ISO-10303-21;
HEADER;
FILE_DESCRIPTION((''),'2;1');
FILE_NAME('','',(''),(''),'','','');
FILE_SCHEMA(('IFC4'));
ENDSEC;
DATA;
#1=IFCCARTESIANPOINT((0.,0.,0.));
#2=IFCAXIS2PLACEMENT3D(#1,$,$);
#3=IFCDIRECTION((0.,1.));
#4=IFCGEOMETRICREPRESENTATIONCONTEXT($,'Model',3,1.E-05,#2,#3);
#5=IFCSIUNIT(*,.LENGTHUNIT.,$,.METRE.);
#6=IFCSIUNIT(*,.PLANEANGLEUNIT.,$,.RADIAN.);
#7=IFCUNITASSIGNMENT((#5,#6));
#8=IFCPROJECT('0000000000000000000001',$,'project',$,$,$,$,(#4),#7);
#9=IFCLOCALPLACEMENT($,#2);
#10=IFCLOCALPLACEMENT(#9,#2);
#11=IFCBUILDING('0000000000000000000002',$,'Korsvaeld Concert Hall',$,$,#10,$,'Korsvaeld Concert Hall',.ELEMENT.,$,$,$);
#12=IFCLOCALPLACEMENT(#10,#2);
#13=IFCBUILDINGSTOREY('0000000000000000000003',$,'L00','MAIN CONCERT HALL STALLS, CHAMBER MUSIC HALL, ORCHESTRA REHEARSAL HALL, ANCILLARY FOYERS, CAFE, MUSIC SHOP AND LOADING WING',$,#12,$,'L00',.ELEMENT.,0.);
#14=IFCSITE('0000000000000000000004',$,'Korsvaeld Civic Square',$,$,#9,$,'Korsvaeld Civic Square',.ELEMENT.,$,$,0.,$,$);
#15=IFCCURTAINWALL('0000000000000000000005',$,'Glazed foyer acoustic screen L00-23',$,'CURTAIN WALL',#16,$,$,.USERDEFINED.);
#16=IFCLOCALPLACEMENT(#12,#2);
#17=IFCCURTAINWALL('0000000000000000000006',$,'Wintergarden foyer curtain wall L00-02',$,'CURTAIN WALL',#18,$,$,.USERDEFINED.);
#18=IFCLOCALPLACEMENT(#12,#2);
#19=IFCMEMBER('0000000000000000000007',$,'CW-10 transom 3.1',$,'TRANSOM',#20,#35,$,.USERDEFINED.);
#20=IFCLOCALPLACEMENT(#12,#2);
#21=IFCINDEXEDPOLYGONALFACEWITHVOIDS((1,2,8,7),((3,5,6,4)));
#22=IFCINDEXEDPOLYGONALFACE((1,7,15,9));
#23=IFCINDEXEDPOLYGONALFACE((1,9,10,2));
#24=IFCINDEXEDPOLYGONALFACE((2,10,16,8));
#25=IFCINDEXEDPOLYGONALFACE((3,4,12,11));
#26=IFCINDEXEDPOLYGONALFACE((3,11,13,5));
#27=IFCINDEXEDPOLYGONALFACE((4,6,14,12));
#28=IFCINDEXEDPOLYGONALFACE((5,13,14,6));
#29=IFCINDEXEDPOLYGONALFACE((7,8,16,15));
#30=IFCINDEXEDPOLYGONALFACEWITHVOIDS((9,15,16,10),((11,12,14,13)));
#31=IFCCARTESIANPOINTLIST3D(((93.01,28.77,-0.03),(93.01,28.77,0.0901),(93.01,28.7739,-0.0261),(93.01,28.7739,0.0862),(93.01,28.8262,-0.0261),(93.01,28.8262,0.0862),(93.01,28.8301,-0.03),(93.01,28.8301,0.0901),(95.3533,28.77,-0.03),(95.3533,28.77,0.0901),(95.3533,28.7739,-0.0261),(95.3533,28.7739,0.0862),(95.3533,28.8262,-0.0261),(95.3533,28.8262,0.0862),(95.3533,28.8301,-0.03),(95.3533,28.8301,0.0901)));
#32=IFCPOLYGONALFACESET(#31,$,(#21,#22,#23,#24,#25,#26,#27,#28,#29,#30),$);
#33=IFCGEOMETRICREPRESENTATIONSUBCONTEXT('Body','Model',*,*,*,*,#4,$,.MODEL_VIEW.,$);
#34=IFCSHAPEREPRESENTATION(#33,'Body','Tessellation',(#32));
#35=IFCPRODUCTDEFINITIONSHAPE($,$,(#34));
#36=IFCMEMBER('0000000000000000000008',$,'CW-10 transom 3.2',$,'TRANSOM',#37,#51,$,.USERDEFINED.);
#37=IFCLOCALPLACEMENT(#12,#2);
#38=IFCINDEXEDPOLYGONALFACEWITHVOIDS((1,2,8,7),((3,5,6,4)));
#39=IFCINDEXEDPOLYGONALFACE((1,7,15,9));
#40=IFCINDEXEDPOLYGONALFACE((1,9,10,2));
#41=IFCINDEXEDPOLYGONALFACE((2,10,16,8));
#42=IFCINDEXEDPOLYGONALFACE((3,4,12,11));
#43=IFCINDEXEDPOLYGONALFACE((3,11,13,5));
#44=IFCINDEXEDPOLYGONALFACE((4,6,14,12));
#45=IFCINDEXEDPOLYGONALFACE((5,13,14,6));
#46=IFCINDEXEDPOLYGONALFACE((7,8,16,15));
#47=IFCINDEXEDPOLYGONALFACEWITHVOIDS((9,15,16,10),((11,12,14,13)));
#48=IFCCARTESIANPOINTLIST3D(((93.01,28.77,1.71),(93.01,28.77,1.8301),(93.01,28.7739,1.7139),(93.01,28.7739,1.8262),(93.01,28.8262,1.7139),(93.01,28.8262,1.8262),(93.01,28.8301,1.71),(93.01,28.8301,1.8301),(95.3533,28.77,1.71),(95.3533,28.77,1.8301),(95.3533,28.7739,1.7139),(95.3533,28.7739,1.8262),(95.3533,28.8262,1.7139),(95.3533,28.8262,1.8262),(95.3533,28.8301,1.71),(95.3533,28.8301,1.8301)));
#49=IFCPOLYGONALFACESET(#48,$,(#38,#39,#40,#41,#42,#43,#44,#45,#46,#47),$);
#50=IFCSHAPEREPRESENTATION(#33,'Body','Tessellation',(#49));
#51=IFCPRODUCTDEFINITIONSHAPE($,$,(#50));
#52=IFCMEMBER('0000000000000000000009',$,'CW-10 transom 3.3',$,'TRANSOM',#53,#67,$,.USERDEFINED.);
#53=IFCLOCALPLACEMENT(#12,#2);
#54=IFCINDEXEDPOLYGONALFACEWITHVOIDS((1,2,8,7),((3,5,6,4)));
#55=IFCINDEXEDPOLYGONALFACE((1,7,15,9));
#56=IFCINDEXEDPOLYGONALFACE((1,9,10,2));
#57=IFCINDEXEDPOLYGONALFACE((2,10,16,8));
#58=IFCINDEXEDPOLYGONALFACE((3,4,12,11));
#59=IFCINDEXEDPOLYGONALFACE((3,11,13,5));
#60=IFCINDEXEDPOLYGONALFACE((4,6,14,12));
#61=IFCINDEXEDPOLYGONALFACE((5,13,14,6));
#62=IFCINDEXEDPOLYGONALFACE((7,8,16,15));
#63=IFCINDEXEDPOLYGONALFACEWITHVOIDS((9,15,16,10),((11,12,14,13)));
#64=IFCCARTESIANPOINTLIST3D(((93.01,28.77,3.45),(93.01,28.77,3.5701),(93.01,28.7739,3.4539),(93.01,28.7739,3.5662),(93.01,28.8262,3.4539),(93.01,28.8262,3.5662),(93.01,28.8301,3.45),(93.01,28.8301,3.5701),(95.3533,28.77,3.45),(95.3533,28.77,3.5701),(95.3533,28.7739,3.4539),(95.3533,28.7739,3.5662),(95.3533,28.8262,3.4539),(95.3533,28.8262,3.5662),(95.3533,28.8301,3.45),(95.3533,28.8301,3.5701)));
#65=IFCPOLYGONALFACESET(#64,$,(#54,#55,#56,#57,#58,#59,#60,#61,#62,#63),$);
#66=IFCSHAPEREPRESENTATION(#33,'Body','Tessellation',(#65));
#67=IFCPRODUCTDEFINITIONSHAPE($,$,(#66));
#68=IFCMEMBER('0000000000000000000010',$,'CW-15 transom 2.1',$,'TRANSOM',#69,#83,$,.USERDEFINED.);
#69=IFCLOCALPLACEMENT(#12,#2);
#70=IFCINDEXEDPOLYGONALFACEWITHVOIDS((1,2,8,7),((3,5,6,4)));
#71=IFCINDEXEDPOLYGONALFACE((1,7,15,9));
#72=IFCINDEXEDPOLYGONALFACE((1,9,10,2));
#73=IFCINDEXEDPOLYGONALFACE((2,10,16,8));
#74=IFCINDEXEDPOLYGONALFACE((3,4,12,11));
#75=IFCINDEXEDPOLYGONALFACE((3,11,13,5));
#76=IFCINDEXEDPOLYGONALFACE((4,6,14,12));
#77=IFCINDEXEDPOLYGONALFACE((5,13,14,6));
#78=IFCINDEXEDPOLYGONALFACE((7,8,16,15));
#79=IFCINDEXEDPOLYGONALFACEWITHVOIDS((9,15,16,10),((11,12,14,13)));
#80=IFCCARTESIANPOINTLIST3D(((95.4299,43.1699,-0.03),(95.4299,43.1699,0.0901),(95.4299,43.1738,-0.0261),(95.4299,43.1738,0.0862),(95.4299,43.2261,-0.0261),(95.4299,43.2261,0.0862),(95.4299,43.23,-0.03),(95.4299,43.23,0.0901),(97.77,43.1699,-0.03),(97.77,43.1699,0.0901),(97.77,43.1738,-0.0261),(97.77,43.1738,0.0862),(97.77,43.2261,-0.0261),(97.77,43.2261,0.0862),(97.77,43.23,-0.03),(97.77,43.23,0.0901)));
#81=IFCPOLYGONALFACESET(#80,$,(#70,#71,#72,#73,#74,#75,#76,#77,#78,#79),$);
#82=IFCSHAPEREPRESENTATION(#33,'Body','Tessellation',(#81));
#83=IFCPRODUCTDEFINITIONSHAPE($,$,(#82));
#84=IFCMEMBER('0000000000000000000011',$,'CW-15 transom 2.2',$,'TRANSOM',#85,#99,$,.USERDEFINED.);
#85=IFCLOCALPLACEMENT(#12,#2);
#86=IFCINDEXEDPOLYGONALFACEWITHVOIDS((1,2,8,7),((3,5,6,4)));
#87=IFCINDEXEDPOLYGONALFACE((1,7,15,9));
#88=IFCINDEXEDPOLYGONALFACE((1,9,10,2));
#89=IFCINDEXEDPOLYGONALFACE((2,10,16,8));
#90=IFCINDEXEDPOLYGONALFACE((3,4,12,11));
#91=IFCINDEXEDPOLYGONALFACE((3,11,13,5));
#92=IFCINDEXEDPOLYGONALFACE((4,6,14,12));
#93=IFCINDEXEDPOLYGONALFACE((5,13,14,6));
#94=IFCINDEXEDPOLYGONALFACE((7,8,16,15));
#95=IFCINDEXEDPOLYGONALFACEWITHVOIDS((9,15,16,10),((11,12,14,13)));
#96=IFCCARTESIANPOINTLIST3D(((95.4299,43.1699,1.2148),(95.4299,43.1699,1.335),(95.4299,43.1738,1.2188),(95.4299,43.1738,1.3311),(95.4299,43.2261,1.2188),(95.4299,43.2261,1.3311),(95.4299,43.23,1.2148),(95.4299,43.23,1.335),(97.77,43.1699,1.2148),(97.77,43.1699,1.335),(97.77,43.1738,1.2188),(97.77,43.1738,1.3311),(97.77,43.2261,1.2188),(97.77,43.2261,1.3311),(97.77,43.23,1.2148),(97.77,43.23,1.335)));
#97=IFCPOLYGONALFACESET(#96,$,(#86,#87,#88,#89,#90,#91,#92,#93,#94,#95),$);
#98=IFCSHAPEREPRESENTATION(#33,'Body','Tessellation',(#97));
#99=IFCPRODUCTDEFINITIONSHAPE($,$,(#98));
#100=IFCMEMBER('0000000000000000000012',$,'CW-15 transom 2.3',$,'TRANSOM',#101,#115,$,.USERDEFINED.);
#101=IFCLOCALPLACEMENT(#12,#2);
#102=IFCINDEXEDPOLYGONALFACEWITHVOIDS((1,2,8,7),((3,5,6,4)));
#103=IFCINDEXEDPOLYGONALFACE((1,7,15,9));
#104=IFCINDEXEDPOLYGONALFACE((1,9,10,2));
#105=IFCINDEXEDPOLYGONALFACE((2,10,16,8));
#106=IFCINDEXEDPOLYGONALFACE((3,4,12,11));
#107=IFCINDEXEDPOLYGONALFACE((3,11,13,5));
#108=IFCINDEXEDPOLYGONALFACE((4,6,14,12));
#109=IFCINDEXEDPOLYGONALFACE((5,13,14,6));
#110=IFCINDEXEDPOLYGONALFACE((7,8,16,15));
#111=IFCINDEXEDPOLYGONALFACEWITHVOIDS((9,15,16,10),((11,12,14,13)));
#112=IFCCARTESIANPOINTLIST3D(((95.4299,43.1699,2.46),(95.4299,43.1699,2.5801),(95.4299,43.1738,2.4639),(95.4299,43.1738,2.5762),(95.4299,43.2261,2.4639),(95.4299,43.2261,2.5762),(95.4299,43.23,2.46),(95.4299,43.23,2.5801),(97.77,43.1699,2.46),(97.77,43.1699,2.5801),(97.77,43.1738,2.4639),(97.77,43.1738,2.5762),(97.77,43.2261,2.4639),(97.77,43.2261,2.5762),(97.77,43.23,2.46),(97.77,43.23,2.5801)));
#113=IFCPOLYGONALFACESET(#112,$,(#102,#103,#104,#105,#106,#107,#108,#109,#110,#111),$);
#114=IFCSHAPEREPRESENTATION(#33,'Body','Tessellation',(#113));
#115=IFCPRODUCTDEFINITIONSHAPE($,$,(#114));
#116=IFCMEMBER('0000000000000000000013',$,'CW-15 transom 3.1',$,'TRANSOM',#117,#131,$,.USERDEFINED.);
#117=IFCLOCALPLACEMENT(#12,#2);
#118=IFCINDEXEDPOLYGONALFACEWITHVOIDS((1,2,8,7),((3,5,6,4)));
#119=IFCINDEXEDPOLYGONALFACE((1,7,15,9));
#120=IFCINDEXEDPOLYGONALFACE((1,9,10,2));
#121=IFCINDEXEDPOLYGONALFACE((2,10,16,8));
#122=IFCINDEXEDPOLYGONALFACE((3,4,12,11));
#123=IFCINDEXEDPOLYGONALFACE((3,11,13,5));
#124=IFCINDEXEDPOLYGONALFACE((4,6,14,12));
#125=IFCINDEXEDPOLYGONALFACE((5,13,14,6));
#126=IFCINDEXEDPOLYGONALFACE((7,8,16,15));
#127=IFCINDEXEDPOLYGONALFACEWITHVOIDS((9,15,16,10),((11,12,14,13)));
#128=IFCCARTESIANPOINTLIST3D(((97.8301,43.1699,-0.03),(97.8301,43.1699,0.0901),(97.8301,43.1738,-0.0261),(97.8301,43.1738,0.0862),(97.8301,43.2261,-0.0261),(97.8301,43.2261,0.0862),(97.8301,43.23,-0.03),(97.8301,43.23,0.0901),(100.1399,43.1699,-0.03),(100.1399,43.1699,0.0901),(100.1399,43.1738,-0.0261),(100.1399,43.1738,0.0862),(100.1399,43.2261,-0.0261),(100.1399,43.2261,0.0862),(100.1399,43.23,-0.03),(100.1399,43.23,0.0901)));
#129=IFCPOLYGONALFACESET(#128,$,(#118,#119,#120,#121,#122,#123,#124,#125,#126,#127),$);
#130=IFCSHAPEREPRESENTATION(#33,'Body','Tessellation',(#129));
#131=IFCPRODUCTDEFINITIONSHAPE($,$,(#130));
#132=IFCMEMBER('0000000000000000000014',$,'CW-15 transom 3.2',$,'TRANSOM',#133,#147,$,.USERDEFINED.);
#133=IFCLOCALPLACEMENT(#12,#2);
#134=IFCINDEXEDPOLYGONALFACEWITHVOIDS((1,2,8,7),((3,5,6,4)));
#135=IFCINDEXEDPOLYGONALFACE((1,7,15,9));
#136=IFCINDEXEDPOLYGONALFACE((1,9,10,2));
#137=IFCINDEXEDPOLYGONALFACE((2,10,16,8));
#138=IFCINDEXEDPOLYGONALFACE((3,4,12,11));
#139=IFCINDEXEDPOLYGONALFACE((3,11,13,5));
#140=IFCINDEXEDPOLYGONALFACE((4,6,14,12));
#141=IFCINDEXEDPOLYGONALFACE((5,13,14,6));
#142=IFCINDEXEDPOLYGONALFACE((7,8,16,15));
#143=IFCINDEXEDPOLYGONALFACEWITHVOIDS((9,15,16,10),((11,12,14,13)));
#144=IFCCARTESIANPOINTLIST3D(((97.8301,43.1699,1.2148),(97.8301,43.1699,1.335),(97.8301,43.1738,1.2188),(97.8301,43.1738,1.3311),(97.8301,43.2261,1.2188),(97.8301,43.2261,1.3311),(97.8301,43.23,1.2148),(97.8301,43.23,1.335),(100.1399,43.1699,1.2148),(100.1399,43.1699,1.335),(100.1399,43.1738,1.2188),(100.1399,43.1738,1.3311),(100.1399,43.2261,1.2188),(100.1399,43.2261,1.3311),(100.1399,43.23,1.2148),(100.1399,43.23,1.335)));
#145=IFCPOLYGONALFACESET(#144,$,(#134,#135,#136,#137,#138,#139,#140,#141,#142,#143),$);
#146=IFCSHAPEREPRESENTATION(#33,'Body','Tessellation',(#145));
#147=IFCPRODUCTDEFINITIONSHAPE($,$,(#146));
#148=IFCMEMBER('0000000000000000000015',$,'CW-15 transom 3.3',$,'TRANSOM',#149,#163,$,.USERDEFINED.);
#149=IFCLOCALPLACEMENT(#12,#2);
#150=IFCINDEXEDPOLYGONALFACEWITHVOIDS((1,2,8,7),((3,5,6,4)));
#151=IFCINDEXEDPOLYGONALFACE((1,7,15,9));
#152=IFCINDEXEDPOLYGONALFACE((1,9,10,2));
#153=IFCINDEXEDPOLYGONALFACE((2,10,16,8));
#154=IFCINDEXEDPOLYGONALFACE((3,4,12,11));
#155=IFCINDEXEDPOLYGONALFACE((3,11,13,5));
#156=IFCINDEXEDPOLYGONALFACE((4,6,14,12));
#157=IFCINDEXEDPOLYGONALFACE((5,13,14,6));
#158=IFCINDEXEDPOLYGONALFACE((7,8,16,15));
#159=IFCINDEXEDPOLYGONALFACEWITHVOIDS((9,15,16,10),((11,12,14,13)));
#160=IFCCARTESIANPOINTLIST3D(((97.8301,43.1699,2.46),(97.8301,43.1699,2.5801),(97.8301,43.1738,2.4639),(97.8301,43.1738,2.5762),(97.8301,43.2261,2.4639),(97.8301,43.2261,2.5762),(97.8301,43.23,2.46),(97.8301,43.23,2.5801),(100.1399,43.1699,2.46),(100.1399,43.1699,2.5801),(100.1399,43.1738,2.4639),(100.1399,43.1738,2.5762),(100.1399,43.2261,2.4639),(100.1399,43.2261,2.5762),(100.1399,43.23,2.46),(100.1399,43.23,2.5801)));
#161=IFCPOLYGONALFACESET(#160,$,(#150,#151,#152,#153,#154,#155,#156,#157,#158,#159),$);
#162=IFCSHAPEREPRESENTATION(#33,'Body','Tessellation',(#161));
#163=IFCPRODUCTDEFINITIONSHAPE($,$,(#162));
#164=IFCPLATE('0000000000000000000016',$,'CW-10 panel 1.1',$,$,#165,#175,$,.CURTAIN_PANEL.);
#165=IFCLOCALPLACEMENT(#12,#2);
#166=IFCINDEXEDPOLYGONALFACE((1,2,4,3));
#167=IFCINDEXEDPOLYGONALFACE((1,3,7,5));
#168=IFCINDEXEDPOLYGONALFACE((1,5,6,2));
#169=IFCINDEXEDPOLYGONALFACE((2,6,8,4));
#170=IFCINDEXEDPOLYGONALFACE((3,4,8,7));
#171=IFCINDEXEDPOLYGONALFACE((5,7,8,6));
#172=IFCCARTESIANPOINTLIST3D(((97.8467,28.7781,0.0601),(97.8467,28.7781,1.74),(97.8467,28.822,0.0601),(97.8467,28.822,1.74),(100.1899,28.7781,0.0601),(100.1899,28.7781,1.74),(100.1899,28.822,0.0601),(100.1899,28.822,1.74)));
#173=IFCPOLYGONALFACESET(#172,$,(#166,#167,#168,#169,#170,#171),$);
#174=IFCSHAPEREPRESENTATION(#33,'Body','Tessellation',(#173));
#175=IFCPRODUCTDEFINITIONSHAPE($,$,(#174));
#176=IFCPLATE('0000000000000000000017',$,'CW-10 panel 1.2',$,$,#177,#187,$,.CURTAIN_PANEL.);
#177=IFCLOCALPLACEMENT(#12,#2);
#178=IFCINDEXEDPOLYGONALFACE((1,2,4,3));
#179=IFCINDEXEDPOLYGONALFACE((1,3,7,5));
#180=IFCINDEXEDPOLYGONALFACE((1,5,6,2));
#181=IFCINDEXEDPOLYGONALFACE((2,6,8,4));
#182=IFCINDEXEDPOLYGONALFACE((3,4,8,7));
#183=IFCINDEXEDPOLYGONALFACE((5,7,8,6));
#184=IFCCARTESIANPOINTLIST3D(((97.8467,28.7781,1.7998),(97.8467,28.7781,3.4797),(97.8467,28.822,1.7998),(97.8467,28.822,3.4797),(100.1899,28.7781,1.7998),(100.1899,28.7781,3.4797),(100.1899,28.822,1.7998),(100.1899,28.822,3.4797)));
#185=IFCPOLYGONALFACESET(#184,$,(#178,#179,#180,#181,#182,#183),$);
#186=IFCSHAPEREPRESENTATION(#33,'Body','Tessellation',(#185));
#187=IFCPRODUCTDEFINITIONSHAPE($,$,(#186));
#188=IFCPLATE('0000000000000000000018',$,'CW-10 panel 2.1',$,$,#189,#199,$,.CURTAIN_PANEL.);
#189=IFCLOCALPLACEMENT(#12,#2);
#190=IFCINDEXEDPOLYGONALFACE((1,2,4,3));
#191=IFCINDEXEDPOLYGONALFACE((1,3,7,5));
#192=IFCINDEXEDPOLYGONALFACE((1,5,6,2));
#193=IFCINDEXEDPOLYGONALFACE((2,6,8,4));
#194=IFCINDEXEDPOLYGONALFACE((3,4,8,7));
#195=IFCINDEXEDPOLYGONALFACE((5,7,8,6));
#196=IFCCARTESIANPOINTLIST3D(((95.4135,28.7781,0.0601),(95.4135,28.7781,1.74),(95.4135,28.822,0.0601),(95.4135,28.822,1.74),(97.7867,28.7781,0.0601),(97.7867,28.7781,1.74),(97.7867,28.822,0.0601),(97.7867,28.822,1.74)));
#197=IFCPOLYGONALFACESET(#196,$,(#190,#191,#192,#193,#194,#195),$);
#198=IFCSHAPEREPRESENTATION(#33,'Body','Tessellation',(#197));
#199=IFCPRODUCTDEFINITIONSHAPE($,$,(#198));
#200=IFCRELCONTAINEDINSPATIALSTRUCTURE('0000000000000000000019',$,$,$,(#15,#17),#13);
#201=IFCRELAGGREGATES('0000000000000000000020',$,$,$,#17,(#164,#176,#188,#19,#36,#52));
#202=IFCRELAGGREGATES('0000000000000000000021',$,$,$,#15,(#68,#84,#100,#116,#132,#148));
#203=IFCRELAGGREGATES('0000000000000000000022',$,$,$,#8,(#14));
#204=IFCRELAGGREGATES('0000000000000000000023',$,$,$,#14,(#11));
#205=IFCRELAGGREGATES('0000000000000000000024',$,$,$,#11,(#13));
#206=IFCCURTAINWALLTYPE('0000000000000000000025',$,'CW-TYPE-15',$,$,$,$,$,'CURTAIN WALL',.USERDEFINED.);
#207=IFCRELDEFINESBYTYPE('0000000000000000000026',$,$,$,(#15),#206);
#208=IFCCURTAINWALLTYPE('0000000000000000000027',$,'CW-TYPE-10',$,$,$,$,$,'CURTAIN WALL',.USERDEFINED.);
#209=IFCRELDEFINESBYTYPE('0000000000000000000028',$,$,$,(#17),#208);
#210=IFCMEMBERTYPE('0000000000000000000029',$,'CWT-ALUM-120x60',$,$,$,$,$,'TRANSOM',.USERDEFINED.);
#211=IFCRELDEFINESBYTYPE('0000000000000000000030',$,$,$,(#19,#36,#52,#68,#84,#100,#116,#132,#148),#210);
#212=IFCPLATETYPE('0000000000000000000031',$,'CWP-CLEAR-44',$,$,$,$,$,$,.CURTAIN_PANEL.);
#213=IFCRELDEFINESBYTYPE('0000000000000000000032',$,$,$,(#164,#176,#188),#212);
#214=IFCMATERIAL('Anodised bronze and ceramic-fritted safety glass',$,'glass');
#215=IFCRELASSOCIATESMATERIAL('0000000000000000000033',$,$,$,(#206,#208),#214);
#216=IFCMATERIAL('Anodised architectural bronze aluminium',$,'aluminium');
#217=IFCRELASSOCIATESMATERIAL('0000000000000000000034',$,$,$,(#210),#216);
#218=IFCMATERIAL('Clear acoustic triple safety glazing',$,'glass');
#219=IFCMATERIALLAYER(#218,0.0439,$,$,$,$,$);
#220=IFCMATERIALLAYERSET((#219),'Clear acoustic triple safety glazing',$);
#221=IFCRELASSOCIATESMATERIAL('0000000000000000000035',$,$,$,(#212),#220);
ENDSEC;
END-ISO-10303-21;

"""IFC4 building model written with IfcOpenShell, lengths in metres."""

from ifc_helpers import new_model, si_unit, direction, frame, origin, origin_2d, place, context, subcontext, project, spatial, rectangle, hollow_rectangle, extrude, material, layer, layer_set, material_profile, profile_set, type_object, element, aggregate, save


model = new_model("IFC4")

# Units and contexts
model_context = context("Model", 3, precision=1e-05, world=origin(), true_north=direction((0.0, 1.0)))
body_context = subcontext(model_context, "Body", "Model", "MODEL_VIEW")
ifc_project = project(units=[si_unit("LENGTHUNIT", "METRE"), si_unit("PLANEANGLEUNIT", "RADIAN")], contexts=[model_context])

# Site, building, storey
site_placement = place(None, origin())
site = spatial("IfcSite", under=ifc_project, at=site_placement, Name="Korsvaeld Civic Square", LongName="Korsvaeld Civic Square", CompositionType="ELEMENT", RefElevation=0.0)
building_placement = place(site_placement, origin())
building = spatial("IfcBuilding", under=site, at=building_placement, Name="Korsvaeld Concert Hall", LongName="Korsvaeld Concert Hall", CompositionType="ELEMENT")
storey_placement = place(building_placement, origin())
storey = spatial("IfcBuildingStorey", under=building, at=storey_placement, Name="L00", Description="MAIN CONCERT HALL STALLS, CHAMBER MUSIC HALL, ORCHESTRA REHEARSAL HALL, ANCILLARY FOYERS, CAFE, MUSIC SHOP AND LOADING WING", LongName="L00", CompositionType="ELEMENT", Elevation=0.0)

# Curtain walls, members
ifc_material_1 = material(Name="Anodised bronze and ceramic-fritted safety glass", Category="glass")
curtain_wall_type_1 = type_object("IfcCurtainWallType", Name="CW-TYPE-15", ElementType="CURTAIN WALL", PredefinedType="USERDEFINED", material=ifc_material_1)
curtain_wall_1_placement = place(storey_placement, origin())
curtain_wall_1 = element("IfcCurtainWall", 1, at=curtain_wall_1_placement, inside=storey, type_object=curtain_wall_type_1, Name="Glazed foyer acoustic screen L00-23", ObjectType="CURTAIN WALL", PredefinedType="USERDEFINED")
ifc_material_2 = material(Name="Anodised architectural bronze aluminium", Category="aluminium")
curtain_wall_type_2 = type_object("IfcCurtainWallType", Name="CW-TYPE-10", ElementType="CURTAIN WALL", PredefinedType="USERDEFINED", material=ifc_material_1)
curtain_wall_2_placement = place(storey_placement, origin())
curtain_wall_2 = element("IfcCurtainWall", 2, at=curtain_wall_2_placement, inside=storey, type_object=curtain_wall_type_2, Name="Wintergarden foyer curtain wall L00-02", ObjectType="CURTAIN WALL", PredefinedType="USERDEFINED")
ifc_material_profile_1 = material_profile(ifc_material_2, hollow_rectangle(XDim=0.0601, YDim=0.1201, WallThickness=0.0039, at=origin_2d()), Name="CWT 120x60x4")
ifc_profile_set_1 = profile_set([ifc_material_profile_1], Name="Anodised architectural bronze aluminium")
member_type_1 = type_object("IfcMemberType", Name="CWT-ALUM-120x60", ElementType="TRANSOM", PredefinedType="USERDEFINED", material=ifc_profile_set_1)
member_1_placement = place(storey_placement, frame((95.3533, 28.8, 0.03), z_axis=(-1.0, 0.0, 0.0), x_axis=(0.0, -1.0, 0.0)))
member_1 = element("IfcMember", 3, at=member_1_placement, type_object=member_type_1, Name="CW-10 transom 3.1", ObjectType="TRANSOM", PredefinedType="USERDEFINED", context=body_context, shape_type="SweptSolid", body=[
    extrude(hollow_rectangle(XDim=0.0601, YDim=0.1201, WallThickness=0.0039, at=origin_2d()), origin(), (0.0, 0.0, 1.0), 2.3433),
])
member_2_placement = place(storey_placement, frame((95.3533, 28.8, 1.77), z_axis=(-1.0, 0.0, 0.0), x_axis=(0.0, -1.0, 0.0)))
member_2 = element("IfcMember", 4, at=member_2_placement, type_object=member_type_1, Name="CW-10 transom 3.2", ObjectType="TRANSOM", PredefinedType="USERDEFINED", context=body_context, shape_type="SweptSolid", body=[
    extrude(hollow_rectangle(XDim=0.0601, YDim=0.1201, WallThickness=0.0039, at=origin_2d()), origin(), (0.0, 0.0, 1.0), 2.3433),
])
member_3_placement = place(storey_placement, frame((95.3533, 28.8, 3.51), z_axis=(-1.0, 0.0, 0.0), x_axis=(0.0, -1.0, 0.0)))
member_3 = element("IfcMember", 5, at=member_3_placement, type_object=member_type_1, Name="CW-10 transom 3.3", ObjectType="TRANSOM", PredefinedType="USERDEFINED", context=body_context, shape_type="SweptSolid", body=[
    extrude(hollow_rectangle(XDim=0.0601, YDim=0.1201, WallThickness=0.0039, at=origin_2d()), origin(), (0.0, 0.0, 1.0), 2.3433),
])

# Members
member_4_placement = place(storey_placement, frame((95.4299, 43.2, 0.03), z_axis=(1.0, 0.0, 0.0), x_axis=(0.0, 1.0, 0.0)))
member_4 = element("IfcMember", 6, at=member_4_placement, type_object=member_type_1, Name="CW-15 transom 2.1", ObjectType="TRANSOM", PredefinedType="USERDEFINED", context=body_context, shape_type="SweptSolid", body=[
    extrude(hollow_rectangle(XDim=0.0601, YDim=0.1201, WallThickness=0.0039, at=origin_2d()), origin(), (0.0, 0.0, 1.0), 2.3401),
])
member_5_placement = place(storey_placement, frame((95.4299, 43.2, 1.2749), z_axis=(1.0, 0.0, 0.0), x_axis=(0.0, 1.0, 0.0)))
member_5 = element("IfcMember", 7, at=member_5_placement, type_object=member_type_1, Name="CW-15 transom 2.2", ObjectType="TRANSOM", PredefinedType="USERDEFINED", context=body_context, shape_type="SweptSolid", body=[
    extrude(hollow_rectangle(XDim=0.0601, YDim=0.1201, WallThickness=0.0039, at=origin_2d()), origin(), (0.0, 0.0, 1.0), 2.3401),
])
member_6_placement = place(storey_placement, frame((95.4299, 43.2, 2.52), z_axis=(1.0, 0.0, 0.0), x_axis=(0.0, 1.0, 0.0)))
member_6 = element("IfcMember", 8, at=member_6_placement, type_object=member_type_1, Name="CW-15 transom 2.3", ObjectType="TRANSOM", PredefinedType="USERDEFINED", context=body_context, shape_type="SweptSolid", body=[
    extrude(hollow_rectangle(XDim=0.0601, YDim=0.1201, WallThickness=0.0039, at=origin_2d()), origin(), (0.0, 0.0, 1.0), 2.3401),
])
member_7_placement = place(storey_placement, frame((97.8301, 43.2, 0.03), z_axis=(1.0, 0.0, 0.0), x_axis=(0.0, 1.0, 0.0)))
member_7 = element("IfcMember", 9, at=member_7_placement, type_object=member_type_1, Name="CW-15 transom 3.1", ObjectType="TRANSOM", PredefinedType="USERDEFINED", context=body_context, shape_type="SweptSolid", body=[
    extrude(hollow_rectangle(XDim=0.0601, YDim=0.1201, WallThickness=0.0039, at=origin_2d()), origin(), (0.0, 0.0, 1.0), 2.3098),
])
member_8_placement = place(storey_placement, frame((97.8301, 43.2, 1.2749), z_axis=(1.0, 0.0, 0.0), x_axis=(0.0, 1.0, 0.0)))
member_8 = element("IfcMember", 10, at=member_8_placement, type_object=member_type_1, Name="CW-15 transom 3.2", ObjectType="TRANSOM", PredefinedType="USERDEFINED", context=body_context, shape_type="SweptSolid", body=[
    extrude(hollow_rectangle(XDim=0.0601, YDim=0.1201, WallThickness=0.0039, at=origin_2d()), origin(), (0.0, 0.0, 1.0), 2.3098),
])
member_9_placement = place(storey_placement, frame((97.8301, 43.2, 2.52), z_axis=(1.0, 0.0, 0.0), x_axis=(0.0, 1.0, 0.0)))
member_9 = element("IfcMember", 11, at=member_9_placement, type_object=member_type_1, Name="CW-15 transom 3.3", ObjectType="TRANSOM", PredefinedType="USERDEFINED", context=body_context, shape_type="SweptSolid", body=[
    extrude(hollow_rectangle(XDim=0.0601, YDim=0.1201, WallThickness=0.0039, at=origin_2d()), origin(), (0.0, 0.0, 1.0), 2.3098),
])

# Plates
ifc_material_3 = material(Name="Clear acoustic triple safety glazing", Category="glass")
ifc_layer = layer(ifc_material_3, 0.0439)
ifc_layer_set = layer_set([ifc_layer], Name="Clear acoustic triple safety glazing")
plate_type = type_object("IfcPlateType", Name="CWP-CLEAR-44", PredefinedType="CURTAIN_PANEL", material=ifc_layer_set)
plate_1_placement = place(storey_placement, frame((99.0183, 28.8, 0.0601), z_axis=(0.0, 0.0, 1.0), x_axis=(-1.0, 0.0, 0.0)))
plate_1 = element("IfcPlate", 12, at=plate_1_placement, type_object=plate_type, Name="CW-10 panel 1.1", PredefinedType="CURTAIN_PANEL", context=body_context, shape_type="SweptSolid", body=[
    extrude(rectangle(XDim=2.3433, YDim=0.0439, at=origin_2d()), origin(), (0.0, 0.0, 1.0), 1.6799),
])
plate_2_placement = place(storey_placement, frame((99.0183, 28.8, 1.7998), z_axis=(0.0, 0.0, 1.0), x_axis=(-1.0, 0.0, 0.0)))
plate_2 = element("IfcPlate", 13, at=plate_2_placement, type_object=plate_type, Name="CW-10 panel 1.2", PredefinedType="CURTAIN_PANEL", context=body_context, shape_type="SweptSolid", body=[
    extrude(rectangle(XDim=2.3433, YDim=0.0439, at=origin_2d()), origin(), (0.0, 0.0, 1.0), 1.6799),
])
plate_3_placement = place(storey_placement, frame((96.6001, 28.8, 0.0601), z_axis=(0.0, 0.0, 1.0), x_axis=(-1.0, 0.0, 0.0)))
plate_3 = element("IfcPlate", 14, at=plate_3_placement, type_object=plate_type, Name="CW-10 panel 2.1", PredefinedType="CURTAIN_PANEL", context=body_context, shape_type="SweptSolid", body=[
    extrude(rectangle(XDim=2.3733, YDim=0.0439, at=origin_2d()), origin(), (0.0, 0.0, 1.0), 1.6799),
])
aggregate(curtain_wall_2, [plate_1, plate_2, plate_3, member_1, member_2, member_3])
aggregate(curtain_wall_1, [member_4, member_5, member_6, member_7, member_8, member_9])

save(model, "model.ifc")
